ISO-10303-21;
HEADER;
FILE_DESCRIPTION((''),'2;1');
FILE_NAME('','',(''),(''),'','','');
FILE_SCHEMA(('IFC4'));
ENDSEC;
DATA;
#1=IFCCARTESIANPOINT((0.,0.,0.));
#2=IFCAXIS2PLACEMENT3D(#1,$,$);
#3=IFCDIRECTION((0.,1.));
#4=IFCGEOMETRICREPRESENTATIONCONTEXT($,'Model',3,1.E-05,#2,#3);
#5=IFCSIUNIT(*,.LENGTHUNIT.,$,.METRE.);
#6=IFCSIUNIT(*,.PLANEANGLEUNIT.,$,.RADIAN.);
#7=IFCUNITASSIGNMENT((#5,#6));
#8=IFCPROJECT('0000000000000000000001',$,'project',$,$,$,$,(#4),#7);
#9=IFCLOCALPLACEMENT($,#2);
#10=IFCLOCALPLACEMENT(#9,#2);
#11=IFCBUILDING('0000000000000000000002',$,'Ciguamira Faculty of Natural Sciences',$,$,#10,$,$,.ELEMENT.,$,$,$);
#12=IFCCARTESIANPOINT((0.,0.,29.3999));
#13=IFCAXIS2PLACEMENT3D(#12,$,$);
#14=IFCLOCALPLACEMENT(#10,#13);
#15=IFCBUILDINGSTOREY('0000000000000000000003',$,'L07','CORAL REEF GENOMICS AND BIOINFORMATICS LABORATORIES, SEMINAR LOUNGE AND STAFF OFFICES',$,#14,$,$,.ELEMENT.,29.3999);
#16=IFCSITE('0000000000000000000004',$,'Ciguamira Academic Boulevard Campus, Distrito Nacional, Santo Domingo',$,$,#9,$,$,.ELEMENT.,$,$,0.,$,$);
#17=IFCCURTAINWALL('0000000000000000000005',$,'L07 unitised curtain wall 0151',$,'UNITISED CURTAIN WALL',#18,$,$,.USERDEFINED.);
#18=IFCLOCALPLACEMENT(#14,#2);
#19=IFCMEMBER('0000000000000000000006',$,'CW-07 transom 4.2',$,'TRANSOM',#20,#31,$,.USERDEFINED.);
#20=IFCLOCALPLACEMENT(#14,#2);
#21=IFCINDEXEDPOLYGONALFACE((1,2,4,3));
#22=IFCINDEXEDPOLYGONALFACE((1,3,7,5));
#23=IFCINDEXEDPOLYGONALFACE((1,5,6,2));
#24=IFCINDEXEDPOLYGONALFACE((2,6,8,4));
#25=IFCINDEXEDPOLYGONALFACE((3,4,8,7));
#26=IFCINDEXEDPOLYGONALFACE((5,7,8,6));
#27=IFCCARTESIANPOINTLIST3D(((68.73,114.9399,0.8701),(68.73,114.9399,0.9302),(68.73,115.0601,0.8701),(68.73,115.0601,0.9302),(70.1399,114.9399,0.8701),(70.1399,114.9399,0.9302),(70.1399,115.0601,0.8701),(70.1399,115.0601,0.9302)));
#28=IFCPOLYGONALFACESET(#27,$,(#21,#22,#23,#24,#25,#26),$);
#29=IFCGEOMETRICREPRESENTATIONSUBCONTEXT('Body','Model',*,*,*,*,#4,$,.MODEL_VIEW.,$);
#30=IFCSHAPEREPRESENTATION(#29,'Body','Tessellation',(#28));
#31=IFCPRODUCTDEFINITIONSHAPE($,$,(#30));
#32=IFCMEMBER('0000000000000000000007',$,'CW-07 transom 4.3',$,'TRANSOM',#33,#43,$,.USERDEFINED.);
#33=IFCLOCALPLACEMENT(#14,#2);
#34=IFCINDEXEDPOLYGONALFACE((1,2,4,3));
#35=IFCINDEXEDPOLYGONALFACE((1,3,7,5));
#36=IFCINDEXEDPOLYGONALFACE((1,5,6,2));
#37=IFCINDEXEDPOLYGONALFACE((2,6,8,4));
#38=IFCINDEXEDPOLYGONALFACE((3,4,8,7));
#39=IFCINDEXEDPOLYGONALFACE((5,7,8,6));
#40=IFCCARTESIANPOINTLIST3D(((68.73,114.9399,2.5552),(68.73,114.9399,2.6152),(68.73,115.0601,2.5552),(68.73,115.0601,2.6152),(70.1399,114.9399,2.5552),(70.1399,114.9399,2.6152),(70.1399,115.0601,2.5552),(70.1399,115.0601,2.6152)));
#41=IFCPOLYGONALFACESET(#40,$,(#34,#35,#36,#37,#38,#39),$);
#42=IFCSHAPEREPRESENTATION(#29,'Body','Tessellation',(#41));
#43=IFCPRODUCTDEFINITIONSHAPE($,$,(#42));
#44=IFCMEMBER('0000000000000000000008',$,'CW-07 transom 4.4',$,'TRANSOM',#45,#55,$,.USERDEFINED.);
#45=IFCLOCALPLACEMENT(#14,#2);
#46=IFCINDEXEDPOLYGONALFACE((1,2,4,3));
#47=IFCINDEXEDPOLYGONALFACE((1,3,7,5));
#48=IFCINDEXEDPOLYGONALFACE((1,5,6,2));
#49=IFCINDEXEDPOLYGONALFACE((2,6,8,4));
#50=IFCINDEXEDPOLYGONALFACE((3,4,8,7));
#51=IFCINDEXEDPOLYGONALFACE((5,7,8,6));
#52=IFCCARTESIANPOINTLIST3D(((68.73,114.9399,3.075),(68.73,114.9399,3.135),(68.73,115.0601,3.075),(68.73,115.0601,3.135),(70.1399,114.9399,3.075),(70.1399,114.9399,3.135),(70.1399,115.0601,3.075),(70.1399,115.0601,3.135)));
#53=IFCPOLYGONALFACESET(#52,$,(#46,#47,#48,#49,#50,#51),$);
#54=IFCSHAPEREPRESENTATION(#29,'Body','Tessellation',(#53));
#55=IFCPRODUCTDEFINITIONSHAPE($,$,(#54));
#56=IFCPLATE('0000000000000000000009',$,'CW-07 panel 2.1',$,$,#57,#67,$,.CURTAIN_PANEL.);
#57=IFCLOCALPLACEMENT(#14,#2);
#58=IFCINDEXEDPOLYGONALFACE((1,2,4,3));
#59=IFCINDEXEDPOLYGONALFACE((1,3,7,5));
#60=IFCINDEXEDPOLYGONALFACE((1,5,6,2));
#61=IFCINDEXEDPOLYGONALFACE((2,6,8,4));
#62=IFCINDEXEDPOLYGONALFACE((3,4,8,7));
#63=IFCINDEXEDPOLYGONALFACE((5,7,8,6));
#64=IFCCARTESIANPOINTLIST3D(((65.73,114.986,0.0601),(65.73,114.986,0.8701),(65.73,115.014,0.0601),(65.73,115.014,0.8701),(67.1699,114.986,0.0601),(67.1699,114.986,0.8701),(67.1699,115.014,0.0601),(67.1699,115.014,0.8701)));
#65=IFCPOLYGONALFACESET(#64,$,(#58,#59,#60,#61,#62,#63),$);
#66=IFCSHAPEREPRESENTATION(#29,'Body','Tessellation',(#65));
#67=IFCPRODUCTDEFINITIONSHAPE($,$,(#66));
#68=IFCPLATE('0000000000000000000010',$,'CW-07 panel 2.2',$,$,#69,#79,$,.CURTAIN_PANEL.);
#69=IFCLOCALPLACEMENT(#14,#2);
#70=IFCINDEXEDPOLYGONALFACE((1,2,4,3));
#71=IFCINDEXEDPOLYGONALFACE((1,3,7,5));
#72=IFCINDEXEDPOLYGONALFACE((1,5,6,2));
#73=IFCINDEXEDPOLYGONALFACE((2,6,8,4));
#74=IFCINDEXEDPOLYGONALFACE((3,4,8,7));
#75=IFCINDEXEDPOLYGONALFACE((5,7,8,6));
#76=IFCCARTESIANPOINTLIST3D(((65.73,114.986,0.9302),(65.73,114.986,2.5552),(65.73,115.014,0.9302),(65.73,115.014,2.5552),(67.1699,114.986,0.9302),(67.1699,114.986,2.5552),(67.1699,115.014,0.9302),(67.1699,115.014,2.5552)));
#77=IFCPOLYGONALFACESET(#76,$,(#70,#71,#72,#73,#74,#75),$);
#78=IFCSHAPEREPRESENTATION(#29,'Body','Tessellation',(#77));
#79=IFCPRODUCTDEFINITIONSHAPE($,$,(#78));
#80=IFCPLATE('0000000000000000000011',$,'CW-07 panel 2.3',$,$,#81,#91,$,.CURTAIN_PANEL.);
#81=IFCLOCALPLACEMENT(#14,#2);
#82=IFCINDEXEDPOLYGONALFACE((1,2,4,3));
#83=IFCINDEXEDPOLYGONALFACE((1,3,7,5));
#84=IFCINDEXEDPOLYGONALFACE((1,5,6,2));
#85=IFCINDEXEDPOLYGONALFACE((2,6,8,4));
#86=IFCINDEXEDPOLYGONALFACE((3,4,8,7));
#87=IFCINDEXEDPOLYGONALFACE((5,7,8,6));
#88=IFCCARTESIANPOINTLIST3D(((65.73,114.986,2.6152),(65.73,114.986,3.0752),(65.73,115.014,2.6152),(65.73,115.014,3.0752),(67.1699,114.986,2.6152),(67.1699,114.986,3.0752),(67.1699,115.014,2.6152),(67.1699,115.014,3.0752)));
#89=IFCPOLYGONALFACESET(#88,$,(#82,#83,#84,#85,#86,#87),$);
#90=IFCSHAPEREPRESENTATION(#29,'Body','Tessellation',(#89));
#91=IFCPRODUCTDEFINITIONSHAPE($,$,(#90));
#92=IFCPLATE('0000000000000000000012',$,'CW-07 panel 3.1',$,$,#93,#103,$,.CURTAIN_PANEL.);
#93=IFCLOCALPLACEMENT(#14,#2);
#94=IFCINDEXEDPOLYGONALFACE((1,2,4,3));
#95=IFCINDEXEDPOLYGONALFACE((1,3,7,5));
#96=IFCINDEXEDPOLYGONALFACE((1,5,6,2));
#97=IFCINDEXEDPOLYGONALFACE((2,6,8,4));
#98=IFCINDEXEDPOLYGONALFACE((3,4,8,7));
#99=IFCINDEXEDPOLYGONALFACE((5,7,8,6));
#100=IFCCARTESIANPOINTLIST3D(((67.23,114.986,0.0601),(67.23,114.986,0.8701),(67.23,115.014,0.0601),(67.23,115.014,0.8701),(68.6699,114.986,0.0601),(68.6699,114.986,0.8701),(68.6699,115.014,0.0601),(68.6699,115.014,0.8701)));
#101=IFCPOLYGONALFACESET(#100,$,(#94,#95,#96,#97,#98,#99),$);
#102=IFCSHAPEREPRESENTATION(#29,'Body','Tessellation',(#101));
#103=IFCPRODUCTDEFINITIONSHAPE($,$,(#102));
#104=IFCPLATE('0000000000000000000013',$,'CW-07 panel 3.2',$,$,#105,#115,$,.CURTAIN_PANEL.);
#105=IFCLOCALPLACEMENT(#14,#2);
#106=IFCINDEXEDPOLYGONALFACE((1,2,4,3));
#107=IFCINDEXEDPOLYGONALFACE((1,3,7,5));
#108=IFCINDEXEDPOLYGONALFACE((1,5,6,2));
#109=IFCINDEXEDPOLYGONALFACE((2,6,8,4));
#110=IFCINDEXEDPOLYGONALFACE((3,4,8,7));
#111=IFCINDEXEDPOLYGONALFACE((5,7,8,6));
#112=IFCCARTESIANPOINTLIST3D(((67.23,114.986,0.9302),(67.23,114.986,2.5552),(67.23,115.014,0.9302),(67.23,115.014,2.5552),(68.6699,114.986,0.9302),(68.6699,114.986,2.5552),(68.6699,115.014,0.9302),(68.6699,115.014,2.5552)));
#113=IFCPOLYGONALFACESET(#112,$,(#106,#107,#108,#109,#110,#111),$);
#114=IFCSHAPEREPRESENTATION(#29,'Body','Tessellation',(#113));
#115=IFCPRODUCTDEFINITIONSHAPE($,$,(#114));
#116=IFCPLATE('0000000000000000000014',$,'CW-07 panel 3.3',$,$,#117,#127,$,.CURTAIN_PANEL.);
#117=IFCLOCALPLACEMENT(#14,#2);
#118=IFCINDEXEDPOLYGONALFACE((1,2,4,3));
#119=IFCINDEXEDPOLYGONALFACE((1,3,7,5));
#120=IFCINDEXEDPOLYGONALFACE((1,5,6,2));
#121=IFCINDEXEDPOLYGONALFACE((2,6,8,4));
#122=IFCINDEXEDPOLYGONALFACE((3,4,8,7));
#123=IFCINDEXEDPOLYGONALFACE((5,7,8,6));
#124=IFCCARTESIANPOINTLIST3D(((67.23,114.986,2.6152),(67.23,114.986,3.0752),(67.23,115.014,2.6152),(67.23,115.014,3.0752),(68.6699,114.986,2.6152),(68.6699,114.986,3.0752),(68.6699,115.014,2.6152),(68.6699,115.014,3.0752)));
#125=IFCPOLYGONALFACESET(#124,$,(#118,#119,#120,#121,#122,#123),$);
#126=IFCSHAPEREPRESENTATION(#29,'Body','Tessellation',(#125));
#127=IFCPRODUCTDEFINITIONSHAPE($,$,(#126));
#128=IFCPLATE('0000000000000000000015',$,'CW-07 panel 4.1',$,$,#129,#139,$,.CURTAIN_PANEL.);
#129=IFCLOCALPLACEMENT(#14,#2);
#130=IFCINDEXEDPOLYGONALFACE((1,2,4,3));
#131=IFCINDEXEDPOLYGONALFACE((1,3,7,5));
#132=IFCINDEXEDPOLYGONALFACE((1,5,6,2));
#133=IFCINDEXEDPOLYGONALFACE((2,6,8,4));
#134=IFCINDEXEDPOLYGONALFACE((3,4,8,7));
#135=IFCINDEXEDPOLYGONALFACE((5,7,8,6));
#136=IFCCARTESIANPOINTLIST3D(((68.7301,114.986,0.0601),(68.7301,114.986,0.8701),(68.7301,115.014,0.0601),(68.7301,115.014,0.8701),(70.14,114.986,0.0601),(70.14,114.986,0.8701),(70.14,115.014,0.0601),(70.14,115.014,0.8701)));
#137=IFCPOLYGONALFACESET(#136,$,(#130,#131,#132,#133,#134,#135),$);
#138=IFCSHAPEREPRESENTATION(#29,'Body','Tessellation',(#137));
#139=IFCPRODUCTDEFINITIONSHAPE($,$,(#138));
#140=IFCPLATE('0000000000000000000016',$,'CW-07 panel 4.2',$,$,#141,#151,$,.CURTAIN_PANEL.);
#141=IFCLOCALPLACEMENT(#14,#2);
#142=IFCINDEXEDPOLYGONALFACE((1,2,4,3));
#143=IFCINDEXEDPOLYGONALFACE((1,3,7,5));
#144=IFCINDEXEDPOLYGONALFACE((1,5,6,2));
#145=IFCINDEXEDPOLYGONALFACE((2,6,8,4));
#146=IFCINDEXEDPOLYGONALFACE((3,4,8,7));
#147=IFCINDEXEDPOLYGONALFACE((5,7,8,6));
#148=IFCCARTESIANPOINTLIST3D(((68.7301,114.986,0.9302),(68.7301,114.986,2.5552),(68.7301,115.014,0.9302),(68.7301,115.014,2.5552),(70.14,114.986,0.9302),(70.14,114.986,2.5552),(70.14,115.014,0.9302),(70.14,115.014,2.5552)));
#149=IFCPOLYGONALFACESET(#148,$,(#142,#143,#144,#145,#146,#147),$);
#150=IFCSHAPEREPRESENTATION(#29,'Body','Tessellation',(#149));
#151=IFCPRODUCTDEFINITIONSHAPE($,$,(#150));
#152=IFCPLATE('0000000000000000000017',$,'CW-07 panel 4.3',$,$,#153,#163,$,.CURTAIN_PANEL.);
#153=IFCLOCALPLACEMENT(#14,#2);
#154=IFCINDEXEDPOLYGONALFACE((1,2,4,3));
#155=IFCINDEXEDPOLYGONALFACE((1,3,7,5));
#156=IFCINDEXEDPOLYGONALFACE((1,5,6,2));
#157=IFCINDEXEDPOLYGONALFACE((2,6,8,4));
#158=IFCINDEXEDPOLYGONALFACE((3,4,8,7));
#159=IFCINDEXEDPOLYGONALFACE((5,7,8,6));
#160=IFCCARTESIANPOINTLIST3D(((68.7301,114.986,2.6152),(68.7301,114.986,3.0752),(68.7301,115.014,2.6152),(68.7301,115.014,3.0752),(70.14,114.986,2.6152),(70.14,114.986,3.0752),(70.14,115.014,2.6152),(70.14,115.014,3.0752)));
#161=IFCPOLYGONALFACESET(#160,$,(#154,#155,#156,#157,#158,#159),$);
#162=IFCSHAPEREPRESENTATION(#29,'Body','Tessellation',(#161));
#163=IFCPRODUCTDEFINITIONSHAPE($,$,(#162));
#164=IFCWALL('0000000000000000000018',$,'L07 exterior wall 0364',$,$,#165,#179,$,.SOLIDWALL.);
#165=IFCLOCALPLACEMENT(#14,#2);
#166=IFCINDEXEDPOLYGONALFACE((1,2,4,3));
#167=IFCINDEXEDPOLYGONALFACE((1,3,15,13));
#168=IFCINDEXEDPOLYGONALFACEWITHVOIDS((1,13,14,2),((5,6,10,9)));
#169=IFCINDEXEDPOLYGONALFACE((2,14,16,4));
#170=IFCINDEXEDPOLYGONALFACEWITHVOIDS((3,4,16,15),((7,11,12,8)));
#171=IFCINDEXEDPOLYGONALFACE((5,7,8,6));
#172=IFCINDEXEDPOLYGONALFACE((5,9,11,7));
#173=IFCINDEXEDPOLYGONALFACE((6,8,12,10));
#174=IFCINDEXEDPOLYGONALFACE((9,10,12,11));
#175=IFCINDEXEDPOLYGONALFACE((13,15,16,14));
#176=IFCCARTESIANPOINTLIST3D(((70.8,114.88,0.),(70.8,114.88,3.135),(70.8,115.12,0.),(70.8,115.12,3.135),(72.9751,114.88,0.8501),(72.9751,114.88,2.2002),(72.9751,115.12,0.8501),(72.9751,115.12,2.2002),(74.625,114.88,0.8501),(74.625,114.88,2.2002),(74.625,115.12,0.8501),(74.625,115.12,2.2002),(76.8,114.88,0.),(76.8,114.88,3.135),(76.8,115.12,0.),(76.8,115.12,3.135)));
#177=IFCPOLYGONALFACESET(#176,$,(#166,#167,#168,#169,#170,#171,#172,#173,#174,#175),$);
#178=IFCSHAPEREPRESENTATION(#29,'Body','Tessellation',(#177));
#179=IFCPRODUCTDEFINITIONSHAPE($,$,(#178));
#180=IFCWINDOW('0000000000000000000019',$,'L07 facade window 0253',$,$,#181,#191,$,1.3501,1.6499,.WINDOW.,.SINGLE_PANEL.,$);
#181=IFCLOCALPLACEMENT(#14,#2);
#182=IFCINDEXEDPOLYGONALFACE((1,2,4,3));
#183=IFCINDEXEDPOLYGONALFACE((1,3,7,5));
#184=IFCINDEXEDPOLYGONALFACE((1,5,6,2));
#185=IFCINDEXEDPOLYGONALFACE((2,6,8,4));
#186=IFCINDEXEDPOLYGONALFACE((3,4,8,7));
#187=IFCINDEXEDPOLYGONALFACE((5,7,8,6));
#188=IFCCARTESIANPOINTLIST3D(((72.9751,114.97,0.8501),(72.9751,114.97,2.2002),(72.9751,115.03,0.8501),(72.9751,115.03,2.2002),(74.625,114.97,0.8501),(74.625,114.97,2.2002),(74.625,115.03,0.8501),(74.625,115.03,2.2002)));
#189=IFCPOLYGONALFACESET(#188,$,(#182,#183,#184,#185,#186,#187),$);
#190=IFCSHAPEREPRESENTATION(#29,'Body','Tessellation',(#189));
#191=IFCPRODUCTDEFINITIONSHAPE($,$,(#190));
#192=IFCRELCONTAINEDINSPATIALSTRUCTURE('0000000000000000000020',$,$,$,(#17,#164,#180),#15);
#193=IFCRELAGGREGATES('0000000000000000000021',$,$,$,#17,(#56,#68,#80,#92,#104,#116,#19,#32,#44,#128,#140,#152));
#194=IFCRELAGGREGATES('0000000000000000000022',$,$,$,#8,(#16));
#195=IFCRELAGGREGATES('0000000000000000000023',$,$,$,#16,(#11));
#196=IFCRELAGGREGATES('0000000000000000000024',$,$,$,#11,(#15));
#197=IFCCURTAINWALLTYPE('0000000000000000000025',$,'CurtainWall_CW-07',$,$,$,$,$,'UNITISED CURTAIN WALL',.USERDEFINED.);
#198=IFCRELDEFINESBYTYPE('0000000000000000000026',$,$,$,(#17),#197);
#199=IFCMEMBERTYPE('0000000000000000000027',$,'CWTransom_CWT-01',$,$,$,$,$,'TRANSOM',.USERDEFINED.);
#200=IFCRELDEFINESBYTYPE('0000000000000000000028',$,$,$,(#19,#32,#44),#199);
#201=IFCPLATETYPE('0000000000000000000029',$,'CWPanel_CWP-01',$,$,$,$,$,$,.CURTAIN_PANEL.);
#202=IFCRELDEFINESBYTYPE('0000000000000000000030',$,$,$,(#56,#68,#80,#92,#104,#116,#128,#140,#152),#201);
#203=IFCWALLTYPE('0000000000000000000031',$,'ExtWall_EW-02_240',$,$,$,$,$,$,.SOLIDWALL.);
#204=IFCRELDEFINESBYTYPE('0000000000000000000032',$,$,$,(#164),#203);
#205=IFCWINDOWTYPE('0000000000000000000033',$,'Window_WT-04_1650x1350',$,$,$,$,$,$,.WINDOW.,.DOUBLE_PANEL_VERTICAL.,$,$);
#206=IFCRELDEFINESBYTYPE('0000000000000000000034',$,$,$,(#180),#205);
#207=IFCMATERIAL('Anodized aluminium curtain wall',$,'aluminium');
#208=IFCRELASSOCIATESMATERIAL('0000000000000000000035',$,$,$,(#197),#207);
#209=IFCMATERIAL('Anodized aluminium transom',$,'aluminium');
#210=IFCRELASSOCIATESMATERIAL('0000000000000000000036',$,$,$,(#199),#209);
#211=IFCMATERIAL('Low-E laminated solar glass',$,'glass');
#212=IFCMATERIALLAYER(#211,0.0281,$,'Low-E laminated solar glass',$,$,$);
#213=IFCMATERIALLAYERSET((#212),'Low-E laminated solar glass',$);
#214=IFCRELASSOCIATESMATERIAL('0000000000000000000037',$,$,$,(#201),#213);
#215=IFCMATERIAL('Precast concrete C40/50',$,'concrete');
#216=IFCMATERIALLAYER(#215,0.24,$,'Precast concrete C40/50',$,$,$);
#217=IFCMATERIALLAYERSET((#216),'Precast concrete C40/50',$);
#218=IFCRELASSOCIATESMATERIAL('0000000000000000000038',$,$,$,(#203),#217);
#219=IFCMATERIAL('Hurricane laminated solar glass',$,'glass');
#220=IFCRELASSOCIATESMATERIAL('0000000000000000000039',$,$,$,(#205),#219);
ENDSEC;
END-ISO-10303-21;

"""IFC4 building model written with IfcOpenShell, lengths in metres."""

from ifc_helpers import new_model, si_unit, direction, frame, frame_2d, origin, origin_2d, place, context, subcontext, project, spatial, rectangle, extrude, material, layer, layer_set, material_profile, profile_set, type_object, element, fill, aggregate, save


model = new_model("IFC4")

# Units and contexts
model_context = context("Model", 3, precision=1e-05, world=origin(), true_north=direction((0.0, 1.0)))
body_context = subcontext(model_context, "Body", "Model", "MODEL_VIEW")
ifc_project = project(units=[si_unit("LENGTHUNIT", "METRE"), si_unit("PLANEANGLEUNIT", "RADIAN")], contexts=[model_context])

# Site, building, storey
site_placement = place(None, origin())
site = spatial("IfcSite", under=ifc_project, at=site_placement, Name="Ciguamira Academic Boulevard Campus, Distrito Nacional, Santo Domingo", CompositionType="ELEMENT", RefElevation=0.0)
building_placement = place(site_placement, origin())
building = spatial("IfcBuilding", under=site, at=building_placement, Name="Ciguamira Faculty of Natural Sciences", CompositionType="ELEMENT")
storey_placement = place(building_placement, frame((0.0, 0.0, 29.3999)))
storey = spatial("IfcBuildingStorey", under=building, at=storey_placement, Name="L07", Description="CORAL REEF GENOMICS AND BIOINFORMATICS LABORATORIES, SEMINAR LOUNGE AND STAFF OFFICES", CompositionType="ELEMENT", Elevation=29.3999)

# Curtain wall, members, plates
ifc_material_1 = material(Name="Anodized aluminium curtain wall", Category="aluminium")
curtain_wall_type = type_object("IfcCurtainWallType", Name="CurtainWall_CW-07", ElementType="UNITISED CURTAIN WALL", PredefinedType="USERDEFINED", material=ifc_material_1)
curtain_wall_placement = place(storey_placement, origin())
curtain_wall = element("IfcCurtainWall", 1, at=curtain_wall_placement, inside=storey, type_object=curtain_wall_type, Name="L07 unitised curtain wall 0151", ObjectType="UNITISED CURTAIN WALL", PredefinedType="USERDEFINED")
ifc_material_2 = material(Name="Anodized aluminium transom", Category="aluminium")
ifc_material_profile_1 = material_profile(ifc_material_2, rectangle(XDim=0.0601, YDim=0.1201, at=origin_2d()), Name="ALU-TRN-60X120")
ifc_profile_set_1 = profile_set([ifc_material_profile_1], Name="Anodized aluminium transom")
member_type_1 = type_object("IfcMemberType", Name="CWTransom_CWT-01", ElementType="TRANSOM", PredefinedType="USERDEFINED", material=ifc_profile_set_1)
member_1_placement = place(storey_placement, frame((68.73, 115.0, 0.9001), z_axis=(1.0, 0.0, 0.0), x_axis=(0.0, 0.0, 1.0)))
member_1 = element("IfcMember", 2, at=member_1_placement, type_object=member_type_1, Name="CW-07 transom 4.2", ObjectType="TRANSOM", PredefinedType="USERDEFINED", context=body_context, shape_type="SweptSolid", body=[
    extrude(rectangle(XDim=0.0601, YDim=0.1201, at=origin_2d()), origin(), (0.0, 0.0, 1.0), 1.4099),
])
member_2_placement = place(storey_placement, frame((68.73, 115.0, 2.5852), z_axis=(1.0, 0.0, 0.0), x_axis=(0.0, 0.0, 1.0)))
member_2 = element("IfcMember", 3, at=member_2_placement, type_object=member_type_1, Name="CW-07 transom 4.3", ObjectType="TRANSOM", PredefinedType="USERDEFINED", context=body_context, shape_type="SweptSolid", body=[
    extrude(rectangle(XDim=0.0601, YDim=0.1201, at=origin_2d()), origin(), (0.0, 0.0, 1.0), 1.4099),
])
member_3_placement = place(storey_placement, frame((68.73, 115.0, 3.105), z_axis=(1.0, 0.0, 0.0), x_axis=(0.0, 0.0, 1.0)))
member_3 = element("IfcMember", 4, at=member_3_placement, type_object=member_type_1, Name="CW-07 transom 4.4", ObjectType="TRANSOM", PredefinedType="USERDEFINED", context=body_context, shape_type="SweptSolid", body=[
    extrude(rectangle(XDim=0.0601, YDim=0.1201, at=origin_2d()), origin(), (0.0, 0.0, 1.0), 1.4099),
])
ifc_material_3 = material(Name="Low-E laminated solar glass", Category="glass")
ifc_layer_1 = layer(ifc_material_3, 0.0281, Name="Low-E laminated solar glass")
ifc_layer_set_1 = layer_set([ifc_layer_1], Name="Low-E laminated solar glass")
plate_type = type_object("IfcPlateType", Name="CWPanel_CWP-01", PredefinedType="CURTAIN_PANEL", material=ifc_layer_set_1)
plate_1_placement = place(storey_placement, frame((66.45, 115.0, 0.0601), z_axis=(0.0, 0.0, 1.0), x_axis=(1.0, 0.0, 0.0)))
plate_1 = element("IfcPlate", 5, at=plate_1_placement, type_object=plate_type, Name="CW-07 panel 2.1", PredefinedType="CURTAIN_PANEL", context=body_context, shape_type="SweptSolid", body=[
    extrude(rectangle(XDim=1.4399, YDim=0.0281, at=origin_2d()), origin(), (0.0, 0.0, 1.0), 0.8101),
])
plate_2_placement = place(storey_placement, frame((66.45, 115.0, 0.9302), z_axis=(0.0, 0.0, 1.0), x_axis=(1.0, 0.0, 0.0)))
plate_2 = element("IfcPlate", 6, at=plate_2_placement, type_object=plate_type, Name="CW-07 panel 2.2", PredefinedType="CURTAIN_PANEL", context=body_context, shape_type="SweptSolid", body=[
    extrude(rectangle(XDim=1.4399, YDim=0.0281, at=origin_2d()), origin(), (0.0, 0.0, 1.0), 1.625),
])
plate_3_placement = place(storey_placement, frame((66.45, 115.0, 2.6152), z_axis=(0.0, 0.0, 1.0), x_axis=(1.0, 0.0, 0.0)))
plate_3 = element("IfcPlate", 7, at=plate_3_placement, type_object=plate_type, Name="CW-07 panel 2.3", PredefinedType="CURTAIN_PANEL", context=body_context, shape_type="SweptSolid", body=[
    extrude(rectangle(XDim=1.4399, YDim=0.0281, at=origin_2d()), origin(), (0.0, 0.0, 1.0), 0.46),
])
plate_4_placement = place(storey_placement, frame((67.95, 115.0, 0.0601), z_axis=(0.0, 0.0, 1.0), x_axis=(1.0, 0.0, 0.0)))
plate_4 = element("IfcPlate", 8, at=plate_4_placement, type_object=plate_type, Name="CW-07 panel 3.1", PredefinedType="CURTAIN_PANEL", context=body_context, shape_type="SweptSolid", body=[
    extrude(rectangle(XDim=1.4399, YDim=0.0281, at=origin_2d()), origin(), (0.0, 0.0, 1.0), 0.8101),
])
plate_5_placement = place(storey_placement, frame((67.95, 115.0, 0.9302), z_axis=(0.0, 0.0, 1.0), x_axis=(1.0, 0.0, 0.0)))
plate_5 = element("IfcPlate", 9, at=plate_5_placement, type_object=plate_type, Name="CW-07 panel 3.2", PredefinedType="CURTAIN_PANEL", context=body_context, shape_type="SweptSolid", body=[
    extrude(rectangle(XDim=1.4399, YDim=0.0281, at=origin_2d()), origin(), (0.0, 0.0, 1.0), 1.625),
])
plate_6_placement = place(storey_placement, frame((67.95, 115.0, 2.6152), z_axis=(0.0, 0.0, 1.0), x_axis=(1.0, 0.0, 0.0)))
plate_6 = element("IfcPlate", 10, at=plate_6_placement, type_object=plate_type, Name="CW-07 panel 3.3", PredefinedType="CURTAIN_PANEL", context=body_context, shape_type="SweptSolid", body=[
    extrude(rectangle(XDim=1.4399, YDim=0.0281, at=origin_2d()), origin(), (0.0, 0.0, 1.0), 0.46),
])
plate_7_placement = place(storey_placement, frame((69.4351, 115.0, 0.0601), z_axis=(0.0, 0.0, 1.0), x_axis=(1.0, 0.0, 0.0)))
plate_7 = element("IfcPlate", 11, at=plate_7_placement, type_object=plate_type, Name="CW-07 panel 4.1", PredefinedType="CURTAIN_PANEL", context=body_context, shape_type="SweptSolid", body=[
    extrude(rectangle(XDim=1.4099, YDim=0.0281, at=origin_2d()), origin(), (0.0, 0.0, 1.0), 0.8101),
])
plate_8_placement = place(storey_placement, frame((69.4351, 115.0, 0.9302), z_axis=(0.0, 0.0, 1.0), x_axis=(1.0, 0.0, 0.0)))
plate_8 = element("IfcPlate", 12, at=plate_8_placement, type_object=plate_type, Name="CW-07 panel 4.2", PredefinedType="CURTAIN_PANEL", context=body_context, shape_type="SweptSolid", body=[
    extrude(rectangle(XDim=1.4099, YDim=0.0281, at=origin_2d()), origin(), (0.0, 0.0, 1.0), 1.625),
])
plate_9_placement = place(storey_placement, frame((69.4351, 115.0, 2.6152), z_axis=(0.0, 0.0, 1.0), x_axis=(1.0, 0.0, 0.0)))
plate_9 = element("IfcPlate", 13, at=plate_9_placement, type_object=plate_type, Name="CW-07 panel 4.3", PredefinedType="CURTAIN_PANEL", context=body_context, shape_type="SweptSolid", body=[
    extrude(rectangle(XDim=1.4099, YDim=0.0281, at=origin_2d()), origin(), (0.0, 0.0, 1.0), 0.46),
])
aggregate(curtain_wall, [plate_1, plate_2, plate_3, plate_4, plate_5, plate_6, member_1, member_2, member_3, plate_7, plate_8, plate_9])

# Wall, opening, window
ifc_material_4 = material(Name="Precast concrete C40/50", Category="concrete")
ifc_layer_2 = layer(ifc_material_4, 0.24, Name="Precast concrete C40/50")
ifc_layer_set_2 = layer_set([ifc_layer_2], Name="Precast concrete C40/50")
wall_type = type_object("IfcWallType", Name="ExtWall_EW-02_240", PredefinedType="SOLIDWALL", material=ifc_layer_set_2)
wall_placement = place(storey_placement, frame((70.8, 115.0, 0.0), z_axis=(0.0, 0.0, 1.0), x_axis=(1.0, 0.0, 0.0)))
wall = element("IfcWall", 14, at=wall_placement, inside=storey, type_object=wall_type, Name="L07 exterior wall 0364", PredefinedType="SOLIDWALL", context=body_context, shape_type="SweptSolid", body=[
    extrude(rectangle(XDim=6.0, YDim=0.24, at=frame_2d((3.0, 0.0))), origin(), (0.0, 0.0, 1.0), 3.135),
])
opening_placement = place(wall_placement, frame((2.175, 0.0, 0.8501)))
opening = element("IfcOpeningElement", 15, at=opening_placement, cuts=wall, PredefinedType="OPENING", context=body_context, shape_type="SweptSolid", body=[
    extrude(rectangle(XDim=1.6499, YDim=1.3501, at=frame_2d((0.825, 0.675))), frame((0.0, 0.1299, 0.0), z_axis=(0.0, -1.0, 0.0), x_axis=(1.0, 0.0, 0.0)), (0.0, 0.0, 1.0), 0.26),
])
ifc_material_5 = material(Name="Hurricane laminated solar glass", Category="glass")
window_type = type_object("IfcWindowType", Name="Window_WT-04_1650x1350", PartitioningType="DOUBLE_PANEL_VERTICAL", PredefinedType="WINDOW", material=ifc_material_5)
window_placement = place(opening_placement, origin())
window = element("IfcWindow", 16, at=window_placement, inside=storey, type_object=window_type, Name="L07 facade window 0253", OverallHeight=1.3501, OverallWidth=1.6499, PartitioningType="SINGLE_PANEL", PredefinedType="WINDOW", context=body_context, shape_type="SweptSolid", body=[
    extrude(rectangle(XDim=1.6499, YDim=1.3501, at=frame_2d((0.825, 0.675))), frame((0.0, 0.03, 0.0), z_axis=(0.0, -1.0, 0.0), x_axis=(1.0, 0.0, 0.0)), (0.0, 0.0, 1.0), 0.0601),
])
fill(opening, window)

save(model, "model.ifc")
